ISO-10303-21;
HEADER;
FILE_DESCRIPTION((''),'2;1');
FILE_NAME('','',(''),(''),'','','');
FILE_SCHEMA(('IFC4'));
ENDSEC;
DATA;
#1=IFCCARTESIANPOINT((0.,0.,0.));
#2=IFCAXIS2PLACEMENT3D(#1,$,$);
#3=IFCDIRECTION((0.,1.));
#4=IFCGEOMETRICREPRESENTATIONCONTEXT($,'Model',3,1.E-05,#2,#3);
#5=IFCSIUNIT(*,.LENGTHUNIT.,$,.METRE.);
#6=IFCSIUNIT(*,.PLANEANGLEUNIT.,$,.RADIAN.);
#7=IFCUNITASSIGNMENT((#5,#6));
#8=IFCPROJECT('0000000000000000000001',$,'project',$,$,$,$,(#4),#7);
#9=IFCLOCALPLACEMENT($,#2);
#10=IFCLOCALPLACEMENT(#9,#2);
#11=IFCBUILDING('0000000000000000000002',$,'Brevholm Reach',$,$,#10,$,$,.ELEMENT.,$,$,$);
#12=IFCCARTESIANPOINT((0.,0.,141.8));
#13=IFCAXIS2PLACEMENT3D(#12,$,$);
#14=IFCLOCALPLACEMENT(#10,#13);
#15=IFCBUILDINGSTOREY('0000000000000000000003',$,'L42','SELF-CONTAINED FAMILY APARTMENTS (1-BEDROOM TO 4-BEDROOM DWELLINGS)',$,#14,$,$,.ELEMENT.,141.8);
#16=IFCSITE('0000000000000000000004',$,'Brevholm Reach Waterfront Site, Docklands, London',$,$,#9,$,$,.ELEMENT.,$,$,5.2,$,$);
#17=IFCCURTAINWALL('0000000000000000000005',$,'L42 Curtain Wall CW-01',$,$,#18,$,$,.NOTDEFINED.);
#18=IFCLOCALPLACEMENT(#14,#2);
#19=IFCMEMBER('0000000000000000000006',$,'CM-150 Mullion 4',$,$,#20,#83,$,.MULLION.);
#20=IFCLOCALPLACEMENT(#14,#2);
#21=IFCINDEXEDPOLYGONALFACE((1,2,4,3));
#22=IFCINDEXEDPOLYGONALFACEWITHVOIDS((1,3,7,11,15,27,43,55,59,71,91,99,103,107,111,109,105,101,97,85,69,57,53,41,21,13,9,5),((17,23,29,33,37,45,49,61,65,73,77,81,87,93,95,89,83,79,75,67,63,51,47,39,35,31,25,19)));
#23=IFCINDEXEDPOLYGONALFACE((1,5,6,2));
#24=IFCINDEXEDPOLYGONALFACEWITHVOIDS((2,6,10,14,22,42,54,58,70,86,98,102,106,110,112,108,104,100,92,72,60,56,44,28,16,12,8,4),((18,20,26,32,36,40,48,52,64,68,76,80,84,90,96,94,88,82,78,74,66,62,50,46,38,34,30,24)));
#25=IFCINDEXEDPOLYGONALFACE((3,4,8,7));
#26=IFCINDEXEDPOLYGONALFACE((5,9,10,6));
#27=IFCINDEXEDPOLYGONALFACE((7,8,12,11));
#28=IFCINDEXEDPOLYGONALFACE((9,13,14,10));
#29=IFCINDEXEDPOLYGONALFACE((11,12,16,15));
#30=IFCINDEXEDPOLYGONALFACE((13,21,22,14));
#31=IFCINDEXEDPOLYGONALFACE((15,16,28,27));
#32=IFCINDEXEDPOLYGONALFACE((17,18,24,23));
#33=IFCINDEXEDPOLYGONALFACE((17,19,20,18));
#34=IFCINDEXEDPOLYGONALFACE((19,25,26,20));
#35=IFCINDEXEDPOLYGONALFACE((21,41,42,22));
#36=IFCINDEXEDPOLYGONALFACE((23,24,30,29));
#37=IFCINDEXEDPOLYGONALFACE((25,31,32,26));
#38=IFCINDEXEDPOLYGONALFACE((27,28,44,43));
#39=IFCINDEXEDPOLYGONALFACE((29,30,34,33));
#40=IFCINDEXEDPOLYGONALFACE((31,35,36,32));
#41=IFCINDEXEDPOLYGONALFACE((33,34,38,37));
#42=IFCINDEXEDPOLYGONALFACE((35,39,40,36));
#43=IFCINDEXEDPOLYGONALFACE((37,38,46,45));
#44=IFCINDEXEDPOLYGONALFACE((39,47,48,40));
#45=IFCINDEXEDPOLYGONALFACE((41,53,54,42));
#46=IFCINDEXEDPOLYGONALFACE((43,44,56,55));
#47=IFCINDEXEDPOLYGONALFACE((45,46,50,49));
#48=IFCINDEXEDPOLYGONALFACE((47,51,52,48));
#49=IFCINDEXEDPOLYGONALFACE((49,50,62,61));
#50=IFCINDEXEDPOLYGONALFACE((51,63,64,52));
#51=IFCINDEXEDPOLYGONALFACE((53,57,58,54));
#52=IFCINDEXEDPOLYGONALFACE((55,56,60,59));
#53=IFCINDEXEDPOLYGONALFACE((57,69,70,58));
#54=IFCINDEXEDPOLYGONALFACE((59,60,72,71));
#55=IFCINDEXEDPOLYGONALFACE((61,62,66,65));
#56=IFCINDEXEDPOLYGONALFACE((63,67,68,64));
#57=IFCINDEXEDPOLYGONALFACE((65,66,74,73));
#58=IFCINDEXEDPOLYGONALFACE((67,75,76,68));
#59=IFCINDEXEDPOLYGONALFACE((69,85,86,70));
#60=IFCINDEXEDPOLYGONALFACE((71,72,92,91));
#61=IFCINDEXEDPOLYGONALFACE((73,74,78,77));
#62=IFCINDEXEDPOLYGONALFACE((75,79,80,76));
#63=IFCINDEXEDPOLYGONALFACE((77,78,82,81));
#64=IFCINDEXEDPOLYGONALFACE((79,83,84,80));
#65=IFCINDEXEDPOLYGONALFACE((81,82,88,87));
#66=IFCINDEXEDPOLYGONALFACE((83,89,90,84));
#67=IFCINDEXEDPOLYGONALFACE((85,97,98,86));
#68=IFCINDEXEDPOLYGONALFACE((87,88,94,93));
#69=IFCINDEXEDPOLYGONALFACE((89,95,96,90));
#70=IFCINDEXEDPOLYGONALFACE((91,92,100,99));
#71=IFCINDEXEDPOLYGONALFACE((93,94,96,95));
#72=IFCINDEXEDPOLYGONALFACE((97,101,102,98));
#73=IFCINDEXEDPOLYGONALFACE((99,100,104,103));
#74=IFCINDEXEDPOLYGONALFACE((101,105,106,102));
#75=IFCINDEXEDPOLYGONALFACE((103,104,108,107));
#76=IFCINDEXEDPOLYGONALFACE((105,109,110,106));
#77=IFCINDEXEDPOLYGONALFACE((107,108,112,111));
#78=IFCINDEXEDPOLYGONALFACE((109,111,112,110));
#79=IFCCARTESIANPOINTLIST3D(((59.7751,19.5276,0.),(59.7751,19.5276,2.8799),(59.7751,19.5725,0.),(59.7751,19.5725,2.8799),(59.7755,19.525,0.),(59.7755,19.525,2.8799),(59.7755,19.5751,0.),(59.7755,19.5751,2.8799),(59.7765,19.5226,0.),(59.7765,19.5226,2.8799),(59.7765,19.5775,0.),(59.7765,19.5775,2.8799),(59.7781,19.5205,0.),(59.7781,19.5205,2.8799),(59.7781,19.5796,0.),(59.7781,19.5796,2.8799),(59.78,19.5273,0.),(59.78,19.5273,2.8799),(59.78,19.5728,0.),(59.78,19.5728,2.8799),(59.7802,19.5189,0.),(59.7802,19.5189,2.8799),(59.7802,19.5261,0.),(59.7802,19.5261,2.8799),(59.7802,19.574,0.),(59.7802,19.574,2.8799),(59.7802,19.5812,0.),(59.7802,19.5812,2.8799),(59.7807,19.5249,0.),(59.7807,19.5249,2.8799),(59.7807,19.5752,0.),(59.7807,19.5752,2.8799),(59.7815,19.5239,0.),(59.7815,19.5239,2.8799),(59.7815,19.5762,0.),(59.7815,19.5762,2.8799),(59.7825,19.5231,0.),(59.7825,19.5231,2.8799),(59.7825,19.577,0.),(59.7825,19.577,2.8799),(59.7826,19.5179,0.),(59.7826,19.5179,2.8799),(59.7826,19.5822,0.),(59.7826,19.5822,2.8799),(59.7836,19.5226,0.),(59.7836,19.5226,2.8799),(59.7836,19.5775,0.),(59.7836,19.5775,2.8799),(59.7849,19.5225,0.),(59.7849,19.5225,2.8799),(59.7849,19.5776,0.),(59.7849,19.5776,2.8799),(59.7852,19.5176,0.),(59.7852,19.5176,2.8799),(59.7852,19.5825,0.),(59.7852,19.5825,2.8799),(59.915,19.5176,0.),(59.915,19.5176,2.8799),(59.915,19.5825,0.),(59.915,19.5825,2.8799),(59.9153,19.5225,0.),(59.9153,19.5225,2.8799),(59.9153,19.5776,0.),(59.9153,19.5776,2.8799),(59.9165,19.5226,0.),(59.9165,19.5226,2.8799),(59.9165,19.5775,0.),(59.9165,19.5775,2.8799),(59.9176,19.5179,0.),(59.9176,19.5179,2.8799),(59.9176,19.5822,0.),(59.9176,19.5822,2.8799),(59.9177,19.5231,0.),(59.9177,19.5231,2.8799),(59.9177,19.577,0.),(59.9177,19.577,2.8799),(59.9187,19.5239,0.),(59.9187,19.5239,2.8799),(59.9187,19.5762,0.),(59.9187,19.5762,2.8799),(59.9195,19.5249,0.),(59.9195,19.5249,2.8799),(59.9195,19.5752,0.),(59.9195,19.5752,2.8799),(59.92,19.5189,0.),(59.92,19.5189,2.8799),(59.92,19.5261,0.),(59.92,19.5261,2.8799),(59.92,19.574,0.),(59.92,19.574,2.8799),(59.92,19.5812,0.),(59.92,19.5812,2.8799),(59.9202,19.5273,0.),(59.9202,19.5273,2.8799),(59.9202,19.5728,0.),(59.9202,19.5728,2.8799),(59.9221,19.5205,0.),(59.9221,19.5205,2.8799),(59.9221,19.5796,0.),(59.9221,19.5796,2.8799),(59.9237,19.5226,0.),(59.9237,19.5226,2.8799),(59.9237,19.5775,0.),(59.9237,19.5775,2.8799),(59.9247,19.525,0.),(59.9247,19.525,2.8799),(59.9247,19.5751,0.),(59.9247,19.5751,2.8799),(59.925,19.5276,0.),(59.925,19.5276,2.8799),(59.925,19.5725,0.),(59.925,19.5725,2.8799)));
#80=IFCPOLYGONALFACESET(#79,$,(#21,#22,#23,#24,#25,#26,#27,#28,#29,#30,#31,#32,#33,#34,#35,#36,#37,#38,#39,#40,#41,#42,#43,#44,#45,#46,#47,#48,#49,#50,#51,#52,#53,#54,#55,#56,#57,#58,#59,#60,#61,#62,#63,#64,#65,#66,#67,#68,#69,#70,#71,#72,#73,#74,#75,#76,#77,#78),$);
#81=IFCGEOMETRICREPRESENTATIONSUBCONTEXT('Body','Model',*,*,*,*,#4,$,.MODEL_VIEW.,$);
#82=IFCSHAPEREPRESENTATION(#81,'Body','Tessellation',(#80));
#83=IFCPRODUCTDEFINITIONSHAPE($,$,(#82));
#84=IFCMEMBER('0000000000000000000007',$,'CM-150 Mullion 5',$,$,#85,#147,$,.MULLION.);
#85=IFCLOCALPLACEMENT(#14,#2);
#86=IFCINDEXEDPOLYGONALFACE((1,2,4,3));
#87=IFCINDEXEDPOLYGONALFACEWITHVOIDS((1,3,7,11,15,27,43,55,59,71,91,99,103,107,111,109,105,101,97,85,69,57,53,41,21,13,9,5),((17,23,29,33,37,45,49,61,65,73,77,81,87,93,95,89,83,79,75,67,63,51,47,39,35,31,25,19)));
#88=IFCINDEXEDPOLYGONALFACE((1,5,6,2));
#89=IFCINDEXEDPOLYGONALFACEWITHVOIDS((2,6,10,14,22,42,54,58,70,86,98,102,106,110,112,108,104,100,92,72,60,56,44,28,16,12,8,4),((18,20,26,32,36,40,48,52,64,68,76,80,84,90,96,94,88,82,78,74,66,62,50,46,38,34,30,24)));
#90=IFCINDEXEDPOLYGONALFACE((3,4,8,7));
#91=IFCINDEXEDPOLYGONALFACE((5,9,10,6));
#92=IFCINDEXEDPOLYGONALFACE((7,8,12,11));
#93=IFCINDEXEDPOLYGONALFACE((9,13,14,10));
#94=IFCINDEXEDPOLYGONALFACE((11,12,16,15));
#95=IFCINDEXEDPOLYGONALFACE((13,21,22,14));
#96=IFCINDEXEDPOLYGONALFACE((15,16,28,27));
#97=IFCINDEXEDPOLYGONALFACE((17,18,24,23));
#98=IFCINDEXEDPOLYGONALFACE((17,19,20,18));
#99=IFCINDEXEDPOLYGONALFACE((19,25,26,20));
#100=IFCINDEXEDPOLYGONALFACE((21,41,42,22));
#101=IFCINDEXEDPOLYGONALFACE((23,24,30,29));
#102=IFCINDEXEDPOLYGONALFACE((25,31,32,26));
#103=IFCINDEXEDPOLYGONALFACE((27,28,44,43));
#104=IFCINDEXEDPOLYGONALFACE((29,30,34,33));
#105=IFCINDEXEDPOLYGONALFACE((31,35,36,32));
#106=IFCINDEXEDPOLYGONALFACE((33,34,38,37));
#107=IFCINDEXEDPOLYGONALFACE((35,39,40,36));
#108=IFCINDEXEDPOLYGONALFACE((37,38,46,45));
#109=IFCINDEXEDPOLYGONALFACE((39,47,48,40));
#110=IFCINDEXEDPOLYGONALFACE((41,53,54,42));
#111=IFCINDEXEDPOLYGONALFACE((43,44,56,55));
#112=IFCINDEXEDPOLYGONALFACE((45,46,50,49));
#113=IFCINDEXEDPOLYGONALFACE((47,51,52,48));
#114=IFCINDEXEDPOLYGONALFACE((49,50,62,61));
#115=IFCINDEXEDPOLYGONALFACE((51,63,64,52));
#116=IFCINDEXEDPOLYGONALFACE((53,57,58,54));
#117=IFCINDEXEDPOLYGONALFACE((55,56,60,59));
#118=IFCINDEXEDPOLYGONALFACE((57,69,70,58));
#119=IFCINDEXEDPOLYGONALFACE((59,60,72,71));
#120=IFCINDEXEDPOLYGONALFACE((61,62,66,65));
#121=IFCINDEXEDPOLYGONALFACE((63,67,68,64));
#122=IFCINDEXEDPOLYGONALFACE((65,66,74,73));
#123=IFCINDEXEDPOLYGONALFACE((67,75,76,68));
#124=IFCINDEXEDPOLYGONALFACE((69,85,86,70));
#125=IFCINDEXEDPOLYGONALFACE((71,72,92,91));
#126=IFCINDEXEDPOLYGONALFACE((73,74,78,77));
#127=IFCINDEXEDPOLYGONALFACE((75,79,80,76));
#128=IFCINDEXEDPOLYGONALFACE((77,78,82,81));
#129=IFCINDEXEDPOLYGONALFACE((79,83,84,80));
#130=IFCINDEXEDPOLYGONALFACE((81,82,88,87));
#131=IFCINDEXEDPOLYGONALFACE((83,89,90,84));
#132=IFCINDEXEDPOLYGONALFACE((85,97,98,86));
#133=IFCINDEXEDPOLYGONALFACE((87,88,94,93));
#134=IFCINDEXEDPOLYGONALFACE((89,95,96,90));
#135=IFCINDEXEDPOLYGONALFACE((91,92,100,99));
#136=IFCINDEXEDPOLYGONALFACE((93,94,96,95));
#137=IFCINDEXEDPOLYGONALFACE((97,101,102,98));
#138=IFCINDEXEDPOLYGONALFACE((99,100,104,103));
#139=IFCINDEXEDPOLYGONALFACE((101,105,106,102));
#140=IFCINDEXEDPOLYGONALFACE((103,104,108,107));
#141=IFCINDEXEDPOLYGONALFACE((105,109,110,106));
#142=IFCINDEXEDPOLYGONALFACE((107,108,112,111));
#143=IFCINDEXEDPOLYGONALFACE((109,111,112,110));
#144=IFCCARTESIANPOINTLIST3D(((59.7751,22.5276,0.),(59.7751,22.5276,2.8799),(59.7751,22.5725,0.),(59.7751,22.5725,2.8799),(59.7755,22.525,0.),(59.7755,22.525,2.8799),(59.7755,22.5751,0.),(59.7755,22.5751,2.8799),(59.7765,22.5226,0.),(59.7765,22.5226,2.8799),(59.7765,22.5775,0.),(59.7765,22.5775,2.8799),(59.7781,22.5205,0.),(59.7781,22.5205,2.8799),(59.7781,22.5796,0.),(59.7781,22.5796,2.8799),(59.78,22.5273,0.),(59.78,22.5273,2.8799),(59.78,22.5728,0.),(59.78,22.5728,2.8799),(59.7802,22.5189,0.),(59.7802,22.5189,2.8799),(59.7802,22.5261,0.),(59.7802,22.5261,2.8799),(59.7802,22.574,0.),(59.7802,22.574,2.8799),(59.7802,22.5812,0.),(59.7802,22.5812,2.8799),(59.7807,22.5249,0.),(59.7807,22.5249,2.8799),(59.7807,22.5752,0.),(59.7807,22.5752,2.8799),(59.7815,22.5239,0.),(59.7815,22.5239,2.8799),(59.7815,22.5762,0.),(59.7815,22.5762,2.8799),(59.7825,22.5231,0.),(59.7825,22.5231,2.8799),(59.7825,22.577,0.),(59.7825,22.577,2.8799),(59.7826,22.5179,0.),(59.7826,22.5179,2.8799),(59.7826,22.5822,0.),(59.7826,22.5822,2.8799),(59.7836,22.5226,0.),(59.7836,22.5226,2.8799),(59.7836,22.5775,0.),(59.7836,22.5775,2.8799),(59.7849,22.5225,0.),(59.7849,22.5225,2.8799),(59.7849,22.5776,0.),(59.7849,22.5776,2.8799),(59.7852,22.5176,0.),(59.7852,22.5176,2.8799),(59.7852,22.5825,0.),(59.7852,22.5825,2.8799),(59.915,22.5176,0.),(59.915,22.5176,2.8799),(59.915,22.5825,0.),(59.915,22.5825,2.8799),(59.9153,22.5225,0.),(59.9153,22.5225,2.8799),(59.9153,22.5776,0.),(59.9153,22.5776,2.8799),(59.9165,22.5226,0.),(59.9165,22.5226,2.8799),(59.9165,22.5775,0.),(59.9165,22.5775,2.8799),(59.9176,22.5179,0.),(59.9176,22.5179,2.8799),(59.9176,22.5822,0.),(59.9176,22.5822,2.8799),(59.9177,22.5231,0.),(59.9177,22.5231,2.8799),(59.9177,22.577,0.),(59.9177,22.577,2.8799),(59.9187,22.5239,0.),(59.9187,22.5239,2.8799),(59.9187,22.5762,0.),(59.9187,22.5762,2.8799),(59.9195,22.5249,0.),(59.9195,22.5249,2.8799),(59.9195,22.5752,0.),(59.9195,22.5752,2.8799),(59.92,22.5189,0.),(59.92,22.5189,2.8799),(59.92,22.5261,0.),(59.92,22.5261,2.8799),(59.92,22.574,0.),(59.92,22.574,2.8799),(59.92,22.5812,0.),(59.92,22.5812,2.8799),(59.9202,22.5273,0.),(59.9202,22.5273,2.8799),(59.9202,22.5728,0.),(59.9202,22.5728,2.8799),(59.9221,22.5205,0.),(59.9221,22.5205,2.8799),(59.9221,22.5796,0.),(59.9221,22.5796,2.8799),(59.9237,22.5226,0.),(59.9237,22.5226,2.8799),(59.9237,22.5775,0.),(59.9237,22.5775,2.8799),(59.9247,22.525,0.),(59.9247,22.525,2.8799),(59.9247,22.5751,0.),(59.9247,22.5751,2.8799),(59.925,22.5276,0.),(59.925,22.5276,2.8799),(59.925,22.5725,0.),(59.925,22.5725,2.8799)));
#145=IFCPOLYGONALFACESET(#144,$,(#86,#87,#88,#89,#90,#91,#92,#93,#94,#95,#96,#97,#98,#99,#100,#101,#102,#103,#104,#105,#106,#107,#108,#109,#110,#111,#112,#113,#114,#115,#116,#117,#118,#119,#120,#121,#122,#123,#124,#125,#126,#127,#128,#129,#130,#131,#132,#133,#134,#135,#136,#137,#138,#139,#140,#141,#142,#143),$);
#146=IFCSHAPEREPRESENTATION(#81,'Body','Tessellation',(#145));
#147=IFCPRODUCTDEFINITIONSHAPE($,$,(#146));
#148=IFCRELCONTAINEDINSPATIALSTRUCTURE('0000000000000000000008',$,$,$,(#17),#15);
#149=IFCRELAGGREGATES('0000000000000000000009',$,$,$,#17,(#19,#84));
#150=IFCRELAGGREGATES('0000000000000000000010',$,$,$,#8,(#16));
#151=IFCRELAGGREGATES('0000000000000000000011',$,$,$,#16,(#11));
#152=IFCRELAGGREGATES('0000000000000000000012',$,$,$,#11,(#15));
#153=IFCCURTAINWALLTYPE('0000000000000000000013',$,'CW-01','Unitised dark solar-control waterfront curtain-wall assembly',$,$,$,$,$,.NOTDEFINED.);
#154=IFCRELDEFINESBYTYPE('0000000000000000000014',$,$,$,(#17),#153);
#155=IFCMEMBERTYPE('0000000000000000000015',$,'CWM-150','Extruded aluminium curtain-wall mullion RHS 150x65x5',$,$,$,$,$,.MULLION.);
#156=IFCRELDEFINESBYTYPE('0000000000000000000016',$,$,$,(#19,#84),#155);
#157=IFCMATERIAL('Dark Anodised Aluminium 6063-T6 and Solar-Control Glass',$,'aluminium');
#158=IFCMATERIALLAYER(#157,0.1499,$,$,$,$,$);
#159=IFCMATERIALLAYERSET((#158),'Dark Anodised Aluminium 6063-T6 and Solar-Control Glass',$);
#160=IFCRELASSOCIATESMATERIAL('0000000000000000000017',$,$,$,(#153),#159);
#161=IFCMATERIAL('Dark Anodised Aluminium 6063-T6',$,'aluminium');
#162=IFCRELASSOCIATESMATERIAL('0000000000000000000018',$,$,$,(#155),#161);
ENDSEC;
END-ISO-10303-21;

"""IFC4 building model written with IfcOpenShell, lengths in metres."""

from ifc_helpers import new_model, si_unit, direction, frame, origin, origin_2d, place, context, subcontext, project, spatial, hollow_rectangle, extrude, material, layer, layer_set, material_profile, profile_set, type_object, element, aggregate, save


model = new_model("IFC4")

# Units and contexts
model_context = context("Model", 3, precision=1e-05, world=origin(), true_north=direction((0.0, 1.0)))
body_context = subcontext(model_context, "Body", "Model", "MODEL_VIEW")
ifc_project = project(units=[si_unit("LENGTHUNIT", "METRE"), si_unit("PLANEANGLEUNIT", "RADIAN")], contexts=[model_context])

# Site, building, storey
site_placement = place(None, origin())
site = spatial("IfcSite", under=ifc_project, at=site_placement, Name="Brevholm Reach Waterfront Site, Docklands, London", CompositionType="ELEMENT", RefElevation=5.2)
building_placement = place(site_placement, origin())
building = spatial("IfcBuilding", under=site, at=building_placement, Name="Brevholm Reach", CompositionType="ELEMENT")
storey_placement = place(building_placement, frame((0.0, 0.0, 141.8)))
storey = spatial("IfcBuildingStorey", under=building, at=storey_placement, Name="L42", Description="SELF-CONTAINED FAMILY APARTMENTS (1-BEDROOM TO 4-BEDROOM DWELLINGS)", CompositionType="ELEMENT", Elevation=141.8)

# Curtain wall, members
ifc_material_1 = material(Name="Dark Anodised Aluminium 6063-T6 and Solar-Control Glass", Category="aluminium")
ifc_layer_1 = layer(ifc_material_1, 0.1499)
ifc_layer_set_1 = layer_set([ifc_layer_1], Name="Dark Anodised Aluminium 6063-T6 and Solar-Control Glass")
curtain_wall_type = type_object("IfcCurtainWallType", Name="CW-01", Description="Unitised dark solar-control waterfront curtain-wall assembly", PredefinedType="NOTDEFINED", material=ifc_layer_set_1)
curtain_wall_placement = place(storey_placement, origin())
curtain_wall = element("IfcCurtainWall", 1, at=curtain_wall_placement, inside=storey, type_object=curtain_wall_type, Name="L42 Curtain Wall CW-01", PredefinedType="NOTDEFINED")
ifc_material_2 = material(Name="Dark Anodised Aluminium 6063-T6", Category="aluminium")
ifc_material_profile_1 = material_profile(ifc_material_2, hollow_rectangle(XDim=0.0649, YDim=0.1499, WallThickness=0.0049, InnerFilletRadius=0.0049, OuterFilletRadius=0.01, at=origin_2d()), Name="RHS 150x65x5")
ifc_profile_set_1 = profile_set([ifc_material_profile_1], Name="Dark Anodised Aluminium 6063-T6")
member_type_1 = type_object("IfcMemberType", Name="CWM-150", Description="Extruded aluminium curtain-wall mullion RHS 150x65x5", PredefinedType="MULLION", material=ifc_profile_set_1)
member_1_placement = place(storey_placement, frame((59.8501, 19.55, 0.0), z_axis=(0.0, 0.0, 1.0), x_axis=(0.0, 1.0, 0.0)))
member_1 = element("IfcMember", 2, at=member_1_placement, type_object=member_type_1, Name="CM-150 Mullion 4", PredefinedType="MULLION", context=body_context, shape_type="SweptSolid", body=[
    extrude(hollow_rectangle(XDim=0.0649, YDim=0.1499, WallThickness=0.0049, InnerFilletRadius=0.0049, OuterFilletRadius=0.01, at=origin_2d()), origin(), (0.0, 0.0, 1.0), 2.8799),
])
member_2_placement = place(storey_placement, frame((59.8501, 22.55, 0.0), z_axis=(0.0, 0.0, 1.0), x_axis=(0.0, 1.0, 0.0)))
member_2 = element("IfcMember", 3, at=member_2_placement, type_object=member_type_1, Name="CM-150 Mullion 5", PredefinedType="MULLION", context=body_context, shape_type="SweptSolid", body=[
    extrude(hollow_rectangle(XDim=0.0649, YDim=0.1499, WallThickness=0.0049, InnerFilletRadius=0.0049, OuterFilletRadius=0.01, at=origin_2d()), origin(), (0.0, 0.0, 1.0), 2.8799),
])
aggregate(curtain_wall, [member_1, member_2])

save(model, "model.ifc")
